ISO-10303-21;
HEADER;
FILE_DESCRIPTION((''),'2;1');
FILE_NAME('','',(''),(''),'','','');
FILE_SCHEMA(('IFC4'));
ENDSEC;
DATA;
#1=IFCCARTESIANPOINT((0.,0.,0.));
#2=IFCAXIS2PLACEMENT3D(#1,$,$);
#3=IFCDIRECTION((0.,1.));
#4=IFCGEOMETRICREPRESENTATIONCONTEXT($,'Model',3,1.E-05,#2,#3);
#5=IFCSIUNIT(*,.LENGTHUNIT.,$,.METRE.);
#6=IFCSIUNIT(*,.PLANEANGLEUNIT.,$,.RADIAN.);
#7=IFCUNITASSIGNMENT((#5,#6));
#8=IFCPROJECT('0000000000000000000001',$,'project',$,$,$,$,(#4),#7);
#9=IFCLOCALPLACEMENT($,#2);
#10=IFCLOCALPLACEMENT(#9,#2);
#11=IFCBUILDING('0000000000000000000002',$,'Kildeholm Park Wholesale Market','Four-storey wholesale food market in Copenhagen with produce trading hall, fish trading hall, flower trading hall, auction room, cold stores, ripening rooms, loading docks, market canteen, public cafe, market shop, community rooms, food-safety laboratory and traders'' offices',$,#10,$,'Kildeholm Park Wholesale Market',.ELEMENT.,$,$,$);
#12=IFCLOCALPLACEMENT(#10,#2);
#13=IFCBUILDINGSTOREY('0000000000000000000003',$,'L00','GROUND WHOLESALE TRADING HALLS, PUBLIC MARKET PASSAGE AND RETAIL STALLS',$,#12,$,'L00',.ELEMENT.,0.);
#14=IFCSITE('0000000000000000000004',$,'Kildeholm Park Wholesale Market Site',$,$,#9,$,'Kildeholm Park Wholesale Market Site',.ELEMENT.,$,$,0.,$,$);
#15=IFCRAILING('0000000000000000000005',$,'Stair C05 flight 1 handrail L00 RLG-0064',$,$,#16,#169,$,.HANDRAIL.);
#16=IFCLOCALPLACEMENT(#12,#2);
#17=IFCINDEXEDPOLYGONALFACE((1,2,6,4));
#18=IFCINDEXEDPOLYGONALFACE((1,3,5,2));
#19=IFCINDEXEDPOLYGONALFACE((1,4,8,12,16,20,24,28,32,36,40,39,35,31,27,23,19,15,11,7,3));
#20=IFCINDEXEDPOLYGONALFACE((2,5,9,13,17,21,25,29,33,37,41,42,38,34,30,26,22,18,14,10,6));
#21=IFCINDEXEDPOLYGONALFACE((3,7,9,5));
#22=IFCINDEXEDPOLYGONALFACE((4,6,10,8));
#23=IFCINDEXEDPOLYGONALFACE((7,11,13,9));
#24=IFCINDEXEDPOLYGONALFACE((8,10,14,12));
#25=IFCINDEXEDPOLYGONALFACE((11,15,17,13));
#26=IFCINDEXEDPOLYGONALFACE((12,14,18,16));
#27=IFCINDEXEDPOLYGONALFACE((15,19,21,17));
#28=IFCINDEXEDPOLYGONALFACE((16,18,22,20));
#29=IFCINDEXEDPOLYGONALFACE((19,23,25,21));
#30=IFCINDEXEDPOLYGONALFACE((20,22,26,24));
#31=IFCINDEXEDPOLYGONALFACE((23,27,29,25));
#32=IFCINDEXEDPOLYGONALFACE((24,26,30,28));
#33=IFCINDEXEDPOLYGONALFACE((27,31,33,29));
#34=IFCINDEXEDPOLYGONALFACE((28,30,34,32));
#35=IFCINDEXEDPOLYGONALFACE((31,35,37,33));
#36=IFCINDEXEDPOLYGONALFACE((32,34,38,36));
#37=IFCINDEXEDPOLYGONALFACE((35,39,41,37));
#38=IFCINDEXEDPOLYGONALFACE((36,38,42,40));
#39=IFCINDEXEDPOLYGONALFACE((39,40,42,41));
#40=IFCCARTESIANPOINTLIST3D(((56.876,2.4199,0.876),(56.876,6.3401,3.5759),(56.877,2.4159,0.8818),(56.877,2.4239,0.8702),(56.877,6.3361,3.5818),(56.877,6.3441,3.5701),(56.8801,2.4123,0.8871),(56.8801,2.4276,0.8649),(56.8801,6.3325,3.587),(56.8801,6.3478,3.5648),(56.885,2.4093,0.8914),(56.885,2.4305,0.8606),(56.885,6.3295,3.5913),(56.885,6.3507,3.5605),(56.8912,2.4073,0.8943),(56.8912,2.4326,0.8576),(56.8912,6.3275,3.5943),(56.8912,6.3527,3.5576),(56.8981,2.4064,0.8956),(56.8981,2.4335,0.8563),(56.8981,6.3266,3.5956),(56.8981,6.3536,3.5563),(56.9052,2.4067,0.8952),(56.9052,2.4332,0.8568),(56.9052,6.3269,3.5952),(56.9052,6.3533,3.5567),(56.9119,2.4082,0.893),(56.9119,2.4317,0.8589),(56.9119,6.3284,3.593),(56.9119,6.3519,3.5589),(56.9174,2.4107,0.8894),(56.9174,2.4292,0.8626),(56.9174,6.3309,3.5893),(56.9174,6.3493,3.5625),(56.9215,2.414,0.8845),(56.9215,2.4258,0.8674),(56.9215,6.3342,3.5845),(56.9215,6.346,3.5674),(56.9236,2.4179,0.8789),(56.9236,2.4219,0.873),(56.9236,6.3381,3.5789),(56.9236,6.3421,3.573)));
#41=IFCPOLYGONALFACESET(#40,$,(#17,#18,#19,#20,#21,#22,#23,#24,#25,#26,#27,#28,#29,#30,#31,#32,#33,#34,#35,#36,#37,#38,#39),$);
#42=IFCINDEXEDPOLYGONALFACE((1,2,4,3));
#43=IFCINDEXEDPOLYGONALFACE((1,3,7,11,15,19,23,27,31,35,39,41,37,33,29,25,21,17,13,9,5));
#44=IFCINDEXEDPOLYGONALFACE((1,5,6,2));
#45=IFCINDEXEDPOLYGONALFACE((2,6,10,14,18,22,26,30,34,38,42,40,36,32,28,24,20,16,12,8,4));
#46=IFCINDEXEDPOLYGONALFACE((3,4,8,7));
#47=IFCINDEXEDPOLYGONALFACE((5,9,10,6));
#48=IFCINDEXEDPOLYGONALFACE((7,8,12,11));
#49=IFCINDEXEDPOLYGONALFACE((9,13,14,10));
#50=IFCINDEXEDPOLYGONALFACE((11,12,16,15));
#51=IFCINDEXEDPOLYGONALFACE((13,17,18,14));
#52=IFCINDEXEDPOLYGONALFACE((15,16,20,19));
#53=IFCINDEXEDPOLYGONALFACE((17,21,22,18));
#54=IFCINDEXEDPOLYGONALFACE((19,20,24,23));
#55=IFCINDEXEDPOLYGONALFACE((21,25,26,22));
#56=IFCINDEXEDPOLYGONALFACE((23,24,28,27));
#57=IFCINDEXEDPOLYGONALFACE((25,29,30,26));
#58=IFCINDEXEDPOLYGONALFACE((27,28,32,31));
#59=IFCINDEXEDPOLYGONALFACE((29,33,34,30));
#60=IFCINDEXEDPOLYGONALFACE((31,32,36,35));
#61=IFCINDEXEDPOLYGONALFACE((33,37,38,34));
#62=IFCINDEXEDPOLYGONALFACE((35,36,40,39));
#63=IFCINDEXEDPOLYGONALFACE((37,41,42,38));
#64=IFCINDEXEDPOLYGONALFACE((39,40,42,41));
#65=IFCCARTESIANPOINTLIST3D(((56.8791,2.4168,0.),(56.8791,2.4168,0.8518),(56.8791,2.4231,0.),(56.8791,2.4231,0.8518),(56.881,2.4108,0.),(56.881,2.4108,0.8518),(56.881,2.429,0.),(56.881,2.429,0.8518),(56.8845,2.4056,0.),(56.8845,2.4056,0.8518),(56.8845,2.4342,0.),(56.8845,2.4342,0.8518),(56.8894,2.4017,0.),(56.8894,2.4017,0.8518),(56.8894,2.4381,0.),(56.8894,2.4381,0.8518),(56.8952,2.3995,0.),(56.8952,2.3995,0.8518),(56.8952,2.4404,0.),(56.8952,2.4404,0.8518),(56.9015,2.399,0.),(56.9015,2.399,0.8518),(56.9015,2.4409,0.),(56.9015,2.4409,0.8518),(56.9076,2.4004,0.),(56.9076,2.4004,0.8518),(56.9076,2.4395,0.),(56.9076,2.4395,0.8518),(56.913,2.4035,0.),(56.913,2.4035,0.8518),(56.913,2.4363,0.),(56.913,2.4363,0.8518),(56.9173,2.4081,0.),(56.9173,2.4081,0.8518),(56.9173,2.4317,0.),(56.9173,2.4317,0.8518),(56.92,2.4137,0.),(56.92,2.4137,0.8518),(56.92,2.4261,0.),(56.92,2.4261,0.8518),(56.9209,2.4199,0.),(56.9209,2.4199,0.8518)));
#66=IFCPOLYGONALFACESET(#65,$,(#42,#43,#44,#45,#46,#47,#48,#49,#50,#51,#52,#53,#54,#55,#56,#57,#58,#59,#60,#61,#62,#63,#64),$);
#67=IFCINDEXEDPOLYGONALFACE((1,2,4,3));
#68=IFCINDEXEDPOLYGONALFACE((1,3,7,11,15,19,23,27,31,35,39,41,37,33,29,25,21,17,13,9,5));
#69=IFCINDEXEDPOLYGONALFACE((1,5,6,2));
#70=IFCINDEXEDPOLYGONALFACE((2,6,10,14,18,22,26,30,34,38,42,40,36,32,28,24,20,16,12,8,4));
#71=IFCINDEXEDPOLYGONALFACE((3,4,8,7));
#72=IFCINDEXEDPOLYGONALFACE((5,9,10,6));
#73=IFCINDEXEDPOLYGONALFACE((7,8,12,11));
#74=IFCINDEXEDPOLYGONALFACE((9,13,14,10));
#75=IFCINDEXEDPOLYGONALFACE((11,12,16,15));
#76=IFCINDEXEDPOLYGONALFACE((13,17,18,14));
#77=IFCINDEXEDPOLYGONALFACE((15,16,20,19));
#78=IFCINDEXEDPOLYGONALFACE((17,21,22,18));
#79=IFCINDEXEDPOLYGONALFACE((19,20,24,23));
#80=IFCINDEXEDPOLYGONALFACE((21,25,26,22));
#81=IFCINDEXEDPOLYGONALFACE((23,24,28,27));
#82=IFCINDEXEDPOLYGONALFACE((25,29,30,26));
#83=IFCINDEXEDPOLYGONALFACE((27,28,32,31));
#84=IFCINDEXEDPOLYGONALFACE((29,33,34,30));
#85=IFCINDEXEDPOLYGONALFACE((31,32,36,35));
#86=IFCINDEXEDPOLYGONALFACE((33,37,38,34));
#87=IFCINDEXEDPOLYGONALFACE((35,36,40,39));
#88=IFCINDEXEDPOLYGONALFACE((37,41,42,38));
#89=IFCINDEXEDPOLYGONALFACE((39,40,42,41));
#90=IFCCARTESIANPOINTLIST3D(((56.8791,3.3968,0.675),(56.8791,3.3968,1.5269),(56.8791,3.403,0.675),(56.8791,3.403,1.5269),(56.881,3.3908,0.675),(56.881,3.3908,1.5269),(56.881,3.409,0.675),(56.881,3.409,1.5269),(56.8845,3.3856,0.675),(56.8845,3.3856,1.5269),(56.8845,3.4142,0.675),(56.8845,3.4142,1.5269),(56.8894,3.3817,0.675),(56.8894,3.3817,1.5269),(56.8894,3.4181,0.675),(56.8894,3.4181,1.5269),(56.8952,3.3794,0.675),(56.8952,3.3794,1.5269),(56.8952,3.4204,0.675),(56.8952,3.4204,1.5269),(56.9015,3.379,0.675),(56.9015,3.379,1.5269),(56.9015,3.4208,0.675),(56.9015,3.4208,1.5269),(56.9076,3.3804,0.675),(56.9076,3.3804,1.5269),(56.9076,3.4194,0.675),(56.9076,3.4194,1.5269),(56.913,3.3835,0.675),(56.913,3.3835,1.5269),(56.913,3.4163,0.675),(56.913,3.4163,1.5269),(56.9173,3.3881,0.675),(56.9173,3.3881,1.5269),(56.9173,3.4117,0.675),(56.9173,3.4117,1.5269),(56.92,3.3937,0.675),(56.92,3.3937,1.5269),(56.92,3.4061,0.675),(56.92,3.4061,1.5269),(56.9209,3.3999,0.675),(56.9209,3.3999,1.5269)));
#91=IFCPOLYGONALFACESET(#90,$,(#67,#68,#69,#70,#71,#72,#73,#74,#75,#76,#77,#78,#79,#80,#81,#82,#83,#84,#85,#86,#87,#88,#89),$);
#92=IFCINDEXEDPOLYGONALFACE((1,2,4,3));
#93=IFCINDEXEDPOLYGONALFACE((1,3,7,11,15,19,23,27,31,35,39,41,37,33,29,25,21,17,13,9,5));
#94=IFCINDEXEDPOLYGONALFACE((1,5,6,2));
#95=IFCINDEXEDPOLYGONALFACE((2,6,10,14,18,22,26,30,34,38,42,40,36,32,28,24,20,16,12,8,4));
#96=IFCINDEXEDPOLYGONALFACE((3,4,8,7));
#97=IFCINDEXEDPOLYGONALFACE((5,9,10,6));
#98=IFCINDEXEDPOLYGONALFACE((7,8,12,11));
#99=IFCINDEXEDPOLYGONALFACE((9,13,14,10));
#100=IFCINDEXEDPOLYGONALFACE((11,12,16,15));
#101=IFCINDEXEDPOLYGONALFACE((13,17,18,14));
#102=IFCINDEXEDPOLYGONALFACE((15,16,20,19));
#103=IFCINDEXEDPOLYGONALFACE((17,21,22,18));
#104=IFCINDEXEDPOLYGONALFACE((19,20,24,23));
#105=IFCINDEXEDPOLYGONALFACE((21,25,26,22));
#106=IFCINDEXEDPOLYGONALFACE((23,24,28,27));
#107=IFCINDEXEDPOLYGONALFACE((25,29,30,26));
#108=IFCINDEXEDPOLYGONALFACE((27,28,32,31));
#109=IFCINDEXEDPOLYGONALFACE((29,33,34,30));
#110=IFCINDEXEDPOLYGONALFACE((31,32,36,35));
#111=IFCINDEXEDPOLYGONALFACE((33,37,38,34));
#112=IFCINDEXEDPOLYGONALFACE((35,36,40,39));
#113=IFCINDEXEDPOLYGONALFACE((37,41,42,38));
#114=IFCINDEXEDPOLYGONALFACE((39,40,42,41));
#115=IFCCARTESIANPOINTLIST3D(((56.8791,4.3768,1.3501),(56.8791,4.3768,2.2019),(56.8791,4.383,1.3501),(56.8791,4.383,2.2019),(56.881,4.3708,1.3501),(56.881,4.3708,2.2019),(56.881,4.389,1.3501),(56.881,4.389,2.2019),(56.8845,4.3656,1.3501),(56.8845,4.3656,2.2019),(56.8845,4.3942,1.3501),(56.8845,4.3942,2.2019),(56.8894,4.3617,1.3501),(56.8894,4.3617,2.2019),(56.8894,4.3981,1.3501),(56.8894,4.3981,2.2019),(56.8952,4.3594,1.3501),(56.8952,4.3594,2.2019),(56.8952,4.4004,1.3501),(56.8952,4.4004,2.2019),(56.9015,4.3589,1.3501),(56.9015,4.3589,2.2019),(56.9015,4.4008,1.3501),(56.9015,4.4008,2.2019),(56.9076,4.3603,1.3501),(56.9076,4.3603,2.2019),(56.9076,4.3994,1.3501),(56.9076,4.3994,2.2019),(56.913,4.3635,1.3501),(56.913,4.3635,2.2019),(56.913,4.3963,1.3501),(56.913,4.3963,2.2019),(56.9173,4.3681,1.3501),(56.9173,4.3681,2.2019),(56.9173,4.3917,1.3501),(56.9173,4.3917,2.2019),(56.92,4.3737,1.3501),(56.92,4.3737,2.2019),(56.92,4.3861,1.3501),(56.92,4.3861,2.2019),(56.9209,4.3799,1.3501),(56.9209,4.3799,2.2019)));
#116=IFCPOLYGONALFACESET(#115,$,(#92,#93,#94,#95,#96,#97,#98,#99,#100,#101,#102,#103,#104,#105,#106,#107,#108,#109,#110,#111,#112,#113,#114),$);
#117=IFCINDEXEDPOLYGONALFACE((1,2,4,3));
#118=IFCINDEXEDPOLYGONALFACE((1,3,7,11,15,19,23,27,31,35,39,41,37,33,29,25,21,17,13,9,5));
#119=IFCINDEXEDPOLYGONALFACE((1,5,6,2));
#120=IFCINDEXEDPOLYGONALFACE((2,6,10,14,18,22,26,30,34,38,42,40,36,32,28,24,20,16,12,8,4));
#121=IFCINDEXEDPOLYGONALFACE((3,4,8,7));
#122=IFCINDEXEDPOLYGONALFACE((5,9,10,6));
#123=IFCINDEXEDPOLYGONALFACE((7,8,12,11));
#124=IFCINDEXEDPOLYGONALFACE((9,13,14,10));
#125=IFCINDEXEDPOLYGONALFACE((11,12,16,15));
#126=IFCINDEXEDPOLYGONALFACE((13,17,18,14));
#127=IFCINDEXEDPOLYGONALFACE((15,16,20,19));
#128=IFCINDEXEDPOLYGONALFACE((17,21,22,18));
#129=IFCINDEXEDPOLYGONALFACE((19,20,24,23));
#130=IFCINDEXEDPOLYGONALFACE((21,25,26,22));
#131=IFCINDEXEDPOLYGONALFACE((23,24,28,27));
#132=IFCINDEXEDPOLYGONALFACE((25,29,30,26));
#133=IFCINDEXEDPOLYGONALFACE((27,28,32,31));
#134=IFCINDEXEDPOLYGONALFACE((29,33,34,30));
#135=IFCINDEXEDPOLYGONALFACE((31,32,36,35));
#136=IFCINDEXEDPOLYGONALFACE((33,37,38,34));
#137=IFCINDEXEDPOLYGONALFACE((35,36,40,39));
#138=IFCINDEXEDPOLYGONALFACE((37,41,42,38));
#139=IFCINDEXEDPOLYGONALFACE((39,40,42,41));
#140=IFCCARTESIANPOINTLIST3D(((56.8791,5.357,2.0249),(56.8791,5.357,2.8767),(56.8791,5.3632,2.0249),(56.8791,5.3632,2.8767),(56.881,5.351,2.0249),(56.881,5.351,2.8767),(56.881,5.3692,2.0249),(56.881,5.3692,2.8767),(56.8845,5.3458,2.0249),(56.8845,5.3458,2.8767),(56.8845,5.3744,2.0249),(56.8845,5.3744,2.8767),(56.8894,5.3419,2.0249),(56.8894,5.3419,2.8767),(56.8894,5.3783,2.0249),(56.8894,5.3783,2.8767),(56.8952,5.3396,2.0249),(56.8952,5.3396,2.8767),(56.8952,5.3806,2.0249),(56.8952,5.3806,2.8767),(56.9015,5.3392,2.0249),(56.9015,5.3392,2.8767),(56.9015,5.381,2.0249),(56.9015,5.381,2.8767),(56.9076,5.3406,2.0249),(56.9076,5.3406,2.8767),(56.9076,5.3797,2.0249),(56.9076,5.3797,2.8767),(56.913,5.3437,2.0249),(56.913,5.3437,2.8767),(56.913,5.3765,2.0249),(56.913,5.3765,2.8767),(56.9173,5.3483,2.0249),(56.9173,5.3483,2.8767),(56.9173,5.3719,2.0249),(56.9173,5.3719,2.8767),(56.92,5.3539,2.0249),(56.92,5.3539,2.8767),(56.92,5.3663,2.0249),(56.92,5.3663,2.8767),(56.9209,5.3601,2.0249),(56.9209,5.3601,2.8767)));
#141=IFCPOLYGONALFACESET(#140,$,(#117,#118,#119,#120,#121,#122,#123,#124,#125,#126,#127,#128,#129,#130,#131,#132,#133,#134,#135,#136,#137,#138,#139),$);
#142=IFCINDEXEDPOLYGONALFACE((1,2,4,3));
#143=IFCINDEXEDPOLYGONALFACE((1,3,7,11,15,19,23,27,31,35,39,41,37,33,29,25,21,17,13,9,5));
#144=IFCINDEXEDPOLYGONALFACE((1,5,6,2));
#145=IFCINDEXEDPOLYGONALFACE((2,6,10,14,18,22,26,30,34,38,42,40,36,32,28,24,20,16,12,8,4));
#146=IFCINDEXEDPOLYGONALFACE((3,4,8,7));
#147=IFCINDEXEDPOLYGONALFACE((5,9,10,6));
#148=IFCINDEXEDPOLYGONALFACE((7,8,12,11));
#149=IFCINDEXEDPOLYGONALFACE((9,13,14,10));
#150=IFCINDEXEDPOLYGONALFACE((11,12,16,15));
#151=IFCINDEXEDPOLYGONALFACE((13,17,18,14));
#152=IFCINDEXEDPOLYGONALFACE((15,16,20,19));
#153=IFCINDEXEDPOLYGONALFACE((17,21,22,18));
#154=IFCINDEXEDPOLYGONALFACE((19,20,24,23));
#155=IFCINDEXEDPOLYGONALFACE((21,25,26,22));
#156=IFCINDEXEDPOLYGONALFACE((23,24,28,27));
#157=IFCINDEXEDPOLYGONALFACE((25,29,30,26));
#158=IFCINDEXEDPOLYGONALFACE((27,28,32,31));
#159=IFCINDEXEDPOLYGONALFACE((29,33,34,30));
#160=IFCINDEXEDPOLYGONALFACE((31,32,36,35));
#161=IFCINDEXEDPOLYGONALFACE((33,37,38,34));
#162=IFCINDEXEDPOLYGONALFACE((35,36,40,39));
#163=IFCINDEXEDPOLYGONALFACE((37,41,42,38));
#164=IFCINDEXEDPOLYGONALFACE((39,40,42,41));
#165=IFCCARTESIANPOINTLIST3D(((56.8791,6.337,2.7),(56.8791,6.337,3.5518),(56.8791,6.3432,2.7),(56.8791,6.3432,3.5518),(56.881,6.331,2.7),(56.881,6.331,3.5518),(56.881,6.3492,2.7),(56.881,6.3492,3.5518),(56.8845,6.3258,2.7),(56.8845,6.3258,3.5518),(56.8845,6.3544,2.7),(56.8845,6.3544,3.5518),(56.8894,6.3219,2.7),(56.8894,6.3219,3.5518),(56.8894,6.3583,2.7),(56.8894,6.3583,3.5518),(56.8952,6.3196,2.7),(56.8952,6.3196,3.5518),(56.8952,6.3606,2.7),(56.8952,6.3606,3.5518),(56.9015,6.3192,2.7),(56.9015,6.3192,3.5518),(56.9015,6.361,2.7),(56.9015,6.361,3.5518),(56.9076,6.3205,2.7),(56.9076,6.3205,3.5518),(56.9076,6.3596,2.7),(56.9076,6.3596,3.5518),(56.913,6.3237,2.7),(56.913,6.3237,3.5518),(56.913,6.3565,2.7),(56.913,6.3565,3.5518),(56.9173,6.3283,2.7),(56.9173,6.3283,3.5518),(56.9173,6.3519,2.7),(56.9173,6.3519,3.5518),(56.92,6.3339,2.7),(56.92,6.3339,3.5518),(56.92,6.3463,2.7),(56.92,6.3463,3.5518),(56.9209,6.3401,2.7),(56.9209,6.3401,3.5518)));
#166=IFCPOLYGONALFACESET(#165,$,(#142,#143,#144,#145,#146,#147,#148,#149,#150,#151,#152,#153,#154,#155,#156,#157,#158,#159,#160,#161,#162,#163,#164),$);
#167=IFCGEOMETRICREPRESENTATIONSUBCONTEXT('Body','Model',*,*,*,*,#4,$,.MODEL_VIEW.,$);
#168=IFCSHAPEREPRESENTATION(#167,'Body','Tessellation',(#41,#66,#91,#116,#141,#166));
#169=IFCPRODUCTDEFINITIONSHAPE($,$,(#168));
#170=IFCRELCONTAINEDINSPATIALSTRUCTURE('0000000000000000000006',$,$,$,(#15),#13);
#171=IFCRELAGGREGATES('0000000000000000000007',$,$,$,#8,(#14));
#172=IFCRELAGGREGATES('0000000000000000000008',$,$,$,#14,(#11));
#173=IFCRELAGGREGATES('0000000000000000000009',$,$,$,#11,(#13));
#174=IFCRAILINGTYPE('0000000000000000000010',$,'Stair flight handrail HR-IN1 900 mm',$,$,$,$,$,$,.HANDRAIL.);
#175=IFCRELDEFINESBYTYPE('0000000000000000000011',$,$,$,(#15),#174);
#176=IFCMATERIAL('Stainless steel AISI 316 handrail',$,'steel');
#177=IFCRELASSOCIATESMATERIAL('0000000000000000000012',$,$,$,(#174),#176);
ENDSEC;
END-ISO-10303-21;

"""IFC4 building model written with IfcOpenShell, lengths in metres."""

from ifc_helpers import new_model, si_unit, direction, frame, origin, origin_2d, place, context, subcontext, project, spatial, circle, extrude, material, type_object, element, save


model = new_model("IFC4")

# Units and contexts
model_context = context("Model", 3, precision=1e-05, world=origin(), true_north=direction((0.0, 1.0)))
body_context = subcontext(model_context, "Body", "Model", "MODEL_VIEW")
ifc_project = project(units=[si_unit("LENGTHUNIT", "METRE"), si_unit("PLANEANGLEUNIT", "RADIAN")], contexts=[model_context])

# Site, building, storey
site_placement = place(None, origin())
site = spatial("IfcSite", under=ifc_project, at=site_placement, Name="Kildeholm Park Wholesale Market Site", LongName="Kildeholm Park Wholesale Market Site", CompositionType="ELEMENT", RefElevation=0.0)
building_placement = place(site_placement, origin())
building = spatial("IfcBuilding", under=site, at=building_placement, Name="Kildeholm Park Wholesale Market", Description="Four-storey wholesale food market in Copenhagen with produce trading hall, fish trading hall, flower trading hall, auction room, cold stores, ripening rooms, loading docks, market canteen, public cafe, market shop, community rooms, food-safety laboratory and traders' offices", LongName="Kildeholm Park Wholesale Market", CompositionType="ELEMENT")
storey_placement = place(building_placement, origin())
storey = spatial("IfcBuildingStorey", under=building, at=storey_placement, Name="L00", Description="GROUND WHOLESALE TRADING HALLS, PUBLIC MARKET PASSAGE AND RETAIL STALLS", LongName="L00", CompositionType="ELEMENT", Elevation=0.0)

# Railing
ifc_material_1 = material(Name="Stainless steel AISI 316 handrail", Category="steel")
railing_type_1 = type_object("IfcRailingType", Name="Stair flight handrail HR-IN1 900 mm", PredefinedType="HANDRAIL", material=ifc_material_1)
railing_1_placement = place(storey_placement, frame((56.8999, 2.4199, 0.0)))
element("IfcRailing", 1, at=railing_1_placement, inside=storey, type_object=railing_type_1, Name="Stair C05 flight 1 handrail L00 RLG-0064", PredefinedType="HANDRAIL", context=body_context, shape_type="SweptSolid", body=[
    extrude(circle(Radius=0.0239, at=origin_2d()), frame((0.0, 0.0, 0.876), z_axis=(0.0, 0.823567, 0.567219), x_axis=(-1.0, 0.0, 0.0)), (0.0, 0.0, 1.0), 4.76),
    extrude(circle(Radius=0.021, at=origin_2d()), origin(), (0.0, 0.0, 1.0), 0.8518),
    extrude(circle(Radius=0.021, at=origin_2d()), frame((0.0, 0.98, 0.675)), (0.0, 0.0, 1.0), 0.8518),
    extrude(circle(Radius=0.021, at=origin_2d()), frame((0.0, 1.96, 1.3501)), (0.0, 0.0, 1.0), 0.8518),
    extrude(circle(Radius=0.021, at=origin_2d()), frame((0.0, 2.9402, 2.0249)), (0.0, 0.0, 1.0), 0.8518),
    extrude(circle(Radius=0.021, at=origin_2d()), frame((0.0, 3.9202, 2.7)), (0.0, 0.0, 1.0), 0.8518),
])

save(model, "model.ifc")
